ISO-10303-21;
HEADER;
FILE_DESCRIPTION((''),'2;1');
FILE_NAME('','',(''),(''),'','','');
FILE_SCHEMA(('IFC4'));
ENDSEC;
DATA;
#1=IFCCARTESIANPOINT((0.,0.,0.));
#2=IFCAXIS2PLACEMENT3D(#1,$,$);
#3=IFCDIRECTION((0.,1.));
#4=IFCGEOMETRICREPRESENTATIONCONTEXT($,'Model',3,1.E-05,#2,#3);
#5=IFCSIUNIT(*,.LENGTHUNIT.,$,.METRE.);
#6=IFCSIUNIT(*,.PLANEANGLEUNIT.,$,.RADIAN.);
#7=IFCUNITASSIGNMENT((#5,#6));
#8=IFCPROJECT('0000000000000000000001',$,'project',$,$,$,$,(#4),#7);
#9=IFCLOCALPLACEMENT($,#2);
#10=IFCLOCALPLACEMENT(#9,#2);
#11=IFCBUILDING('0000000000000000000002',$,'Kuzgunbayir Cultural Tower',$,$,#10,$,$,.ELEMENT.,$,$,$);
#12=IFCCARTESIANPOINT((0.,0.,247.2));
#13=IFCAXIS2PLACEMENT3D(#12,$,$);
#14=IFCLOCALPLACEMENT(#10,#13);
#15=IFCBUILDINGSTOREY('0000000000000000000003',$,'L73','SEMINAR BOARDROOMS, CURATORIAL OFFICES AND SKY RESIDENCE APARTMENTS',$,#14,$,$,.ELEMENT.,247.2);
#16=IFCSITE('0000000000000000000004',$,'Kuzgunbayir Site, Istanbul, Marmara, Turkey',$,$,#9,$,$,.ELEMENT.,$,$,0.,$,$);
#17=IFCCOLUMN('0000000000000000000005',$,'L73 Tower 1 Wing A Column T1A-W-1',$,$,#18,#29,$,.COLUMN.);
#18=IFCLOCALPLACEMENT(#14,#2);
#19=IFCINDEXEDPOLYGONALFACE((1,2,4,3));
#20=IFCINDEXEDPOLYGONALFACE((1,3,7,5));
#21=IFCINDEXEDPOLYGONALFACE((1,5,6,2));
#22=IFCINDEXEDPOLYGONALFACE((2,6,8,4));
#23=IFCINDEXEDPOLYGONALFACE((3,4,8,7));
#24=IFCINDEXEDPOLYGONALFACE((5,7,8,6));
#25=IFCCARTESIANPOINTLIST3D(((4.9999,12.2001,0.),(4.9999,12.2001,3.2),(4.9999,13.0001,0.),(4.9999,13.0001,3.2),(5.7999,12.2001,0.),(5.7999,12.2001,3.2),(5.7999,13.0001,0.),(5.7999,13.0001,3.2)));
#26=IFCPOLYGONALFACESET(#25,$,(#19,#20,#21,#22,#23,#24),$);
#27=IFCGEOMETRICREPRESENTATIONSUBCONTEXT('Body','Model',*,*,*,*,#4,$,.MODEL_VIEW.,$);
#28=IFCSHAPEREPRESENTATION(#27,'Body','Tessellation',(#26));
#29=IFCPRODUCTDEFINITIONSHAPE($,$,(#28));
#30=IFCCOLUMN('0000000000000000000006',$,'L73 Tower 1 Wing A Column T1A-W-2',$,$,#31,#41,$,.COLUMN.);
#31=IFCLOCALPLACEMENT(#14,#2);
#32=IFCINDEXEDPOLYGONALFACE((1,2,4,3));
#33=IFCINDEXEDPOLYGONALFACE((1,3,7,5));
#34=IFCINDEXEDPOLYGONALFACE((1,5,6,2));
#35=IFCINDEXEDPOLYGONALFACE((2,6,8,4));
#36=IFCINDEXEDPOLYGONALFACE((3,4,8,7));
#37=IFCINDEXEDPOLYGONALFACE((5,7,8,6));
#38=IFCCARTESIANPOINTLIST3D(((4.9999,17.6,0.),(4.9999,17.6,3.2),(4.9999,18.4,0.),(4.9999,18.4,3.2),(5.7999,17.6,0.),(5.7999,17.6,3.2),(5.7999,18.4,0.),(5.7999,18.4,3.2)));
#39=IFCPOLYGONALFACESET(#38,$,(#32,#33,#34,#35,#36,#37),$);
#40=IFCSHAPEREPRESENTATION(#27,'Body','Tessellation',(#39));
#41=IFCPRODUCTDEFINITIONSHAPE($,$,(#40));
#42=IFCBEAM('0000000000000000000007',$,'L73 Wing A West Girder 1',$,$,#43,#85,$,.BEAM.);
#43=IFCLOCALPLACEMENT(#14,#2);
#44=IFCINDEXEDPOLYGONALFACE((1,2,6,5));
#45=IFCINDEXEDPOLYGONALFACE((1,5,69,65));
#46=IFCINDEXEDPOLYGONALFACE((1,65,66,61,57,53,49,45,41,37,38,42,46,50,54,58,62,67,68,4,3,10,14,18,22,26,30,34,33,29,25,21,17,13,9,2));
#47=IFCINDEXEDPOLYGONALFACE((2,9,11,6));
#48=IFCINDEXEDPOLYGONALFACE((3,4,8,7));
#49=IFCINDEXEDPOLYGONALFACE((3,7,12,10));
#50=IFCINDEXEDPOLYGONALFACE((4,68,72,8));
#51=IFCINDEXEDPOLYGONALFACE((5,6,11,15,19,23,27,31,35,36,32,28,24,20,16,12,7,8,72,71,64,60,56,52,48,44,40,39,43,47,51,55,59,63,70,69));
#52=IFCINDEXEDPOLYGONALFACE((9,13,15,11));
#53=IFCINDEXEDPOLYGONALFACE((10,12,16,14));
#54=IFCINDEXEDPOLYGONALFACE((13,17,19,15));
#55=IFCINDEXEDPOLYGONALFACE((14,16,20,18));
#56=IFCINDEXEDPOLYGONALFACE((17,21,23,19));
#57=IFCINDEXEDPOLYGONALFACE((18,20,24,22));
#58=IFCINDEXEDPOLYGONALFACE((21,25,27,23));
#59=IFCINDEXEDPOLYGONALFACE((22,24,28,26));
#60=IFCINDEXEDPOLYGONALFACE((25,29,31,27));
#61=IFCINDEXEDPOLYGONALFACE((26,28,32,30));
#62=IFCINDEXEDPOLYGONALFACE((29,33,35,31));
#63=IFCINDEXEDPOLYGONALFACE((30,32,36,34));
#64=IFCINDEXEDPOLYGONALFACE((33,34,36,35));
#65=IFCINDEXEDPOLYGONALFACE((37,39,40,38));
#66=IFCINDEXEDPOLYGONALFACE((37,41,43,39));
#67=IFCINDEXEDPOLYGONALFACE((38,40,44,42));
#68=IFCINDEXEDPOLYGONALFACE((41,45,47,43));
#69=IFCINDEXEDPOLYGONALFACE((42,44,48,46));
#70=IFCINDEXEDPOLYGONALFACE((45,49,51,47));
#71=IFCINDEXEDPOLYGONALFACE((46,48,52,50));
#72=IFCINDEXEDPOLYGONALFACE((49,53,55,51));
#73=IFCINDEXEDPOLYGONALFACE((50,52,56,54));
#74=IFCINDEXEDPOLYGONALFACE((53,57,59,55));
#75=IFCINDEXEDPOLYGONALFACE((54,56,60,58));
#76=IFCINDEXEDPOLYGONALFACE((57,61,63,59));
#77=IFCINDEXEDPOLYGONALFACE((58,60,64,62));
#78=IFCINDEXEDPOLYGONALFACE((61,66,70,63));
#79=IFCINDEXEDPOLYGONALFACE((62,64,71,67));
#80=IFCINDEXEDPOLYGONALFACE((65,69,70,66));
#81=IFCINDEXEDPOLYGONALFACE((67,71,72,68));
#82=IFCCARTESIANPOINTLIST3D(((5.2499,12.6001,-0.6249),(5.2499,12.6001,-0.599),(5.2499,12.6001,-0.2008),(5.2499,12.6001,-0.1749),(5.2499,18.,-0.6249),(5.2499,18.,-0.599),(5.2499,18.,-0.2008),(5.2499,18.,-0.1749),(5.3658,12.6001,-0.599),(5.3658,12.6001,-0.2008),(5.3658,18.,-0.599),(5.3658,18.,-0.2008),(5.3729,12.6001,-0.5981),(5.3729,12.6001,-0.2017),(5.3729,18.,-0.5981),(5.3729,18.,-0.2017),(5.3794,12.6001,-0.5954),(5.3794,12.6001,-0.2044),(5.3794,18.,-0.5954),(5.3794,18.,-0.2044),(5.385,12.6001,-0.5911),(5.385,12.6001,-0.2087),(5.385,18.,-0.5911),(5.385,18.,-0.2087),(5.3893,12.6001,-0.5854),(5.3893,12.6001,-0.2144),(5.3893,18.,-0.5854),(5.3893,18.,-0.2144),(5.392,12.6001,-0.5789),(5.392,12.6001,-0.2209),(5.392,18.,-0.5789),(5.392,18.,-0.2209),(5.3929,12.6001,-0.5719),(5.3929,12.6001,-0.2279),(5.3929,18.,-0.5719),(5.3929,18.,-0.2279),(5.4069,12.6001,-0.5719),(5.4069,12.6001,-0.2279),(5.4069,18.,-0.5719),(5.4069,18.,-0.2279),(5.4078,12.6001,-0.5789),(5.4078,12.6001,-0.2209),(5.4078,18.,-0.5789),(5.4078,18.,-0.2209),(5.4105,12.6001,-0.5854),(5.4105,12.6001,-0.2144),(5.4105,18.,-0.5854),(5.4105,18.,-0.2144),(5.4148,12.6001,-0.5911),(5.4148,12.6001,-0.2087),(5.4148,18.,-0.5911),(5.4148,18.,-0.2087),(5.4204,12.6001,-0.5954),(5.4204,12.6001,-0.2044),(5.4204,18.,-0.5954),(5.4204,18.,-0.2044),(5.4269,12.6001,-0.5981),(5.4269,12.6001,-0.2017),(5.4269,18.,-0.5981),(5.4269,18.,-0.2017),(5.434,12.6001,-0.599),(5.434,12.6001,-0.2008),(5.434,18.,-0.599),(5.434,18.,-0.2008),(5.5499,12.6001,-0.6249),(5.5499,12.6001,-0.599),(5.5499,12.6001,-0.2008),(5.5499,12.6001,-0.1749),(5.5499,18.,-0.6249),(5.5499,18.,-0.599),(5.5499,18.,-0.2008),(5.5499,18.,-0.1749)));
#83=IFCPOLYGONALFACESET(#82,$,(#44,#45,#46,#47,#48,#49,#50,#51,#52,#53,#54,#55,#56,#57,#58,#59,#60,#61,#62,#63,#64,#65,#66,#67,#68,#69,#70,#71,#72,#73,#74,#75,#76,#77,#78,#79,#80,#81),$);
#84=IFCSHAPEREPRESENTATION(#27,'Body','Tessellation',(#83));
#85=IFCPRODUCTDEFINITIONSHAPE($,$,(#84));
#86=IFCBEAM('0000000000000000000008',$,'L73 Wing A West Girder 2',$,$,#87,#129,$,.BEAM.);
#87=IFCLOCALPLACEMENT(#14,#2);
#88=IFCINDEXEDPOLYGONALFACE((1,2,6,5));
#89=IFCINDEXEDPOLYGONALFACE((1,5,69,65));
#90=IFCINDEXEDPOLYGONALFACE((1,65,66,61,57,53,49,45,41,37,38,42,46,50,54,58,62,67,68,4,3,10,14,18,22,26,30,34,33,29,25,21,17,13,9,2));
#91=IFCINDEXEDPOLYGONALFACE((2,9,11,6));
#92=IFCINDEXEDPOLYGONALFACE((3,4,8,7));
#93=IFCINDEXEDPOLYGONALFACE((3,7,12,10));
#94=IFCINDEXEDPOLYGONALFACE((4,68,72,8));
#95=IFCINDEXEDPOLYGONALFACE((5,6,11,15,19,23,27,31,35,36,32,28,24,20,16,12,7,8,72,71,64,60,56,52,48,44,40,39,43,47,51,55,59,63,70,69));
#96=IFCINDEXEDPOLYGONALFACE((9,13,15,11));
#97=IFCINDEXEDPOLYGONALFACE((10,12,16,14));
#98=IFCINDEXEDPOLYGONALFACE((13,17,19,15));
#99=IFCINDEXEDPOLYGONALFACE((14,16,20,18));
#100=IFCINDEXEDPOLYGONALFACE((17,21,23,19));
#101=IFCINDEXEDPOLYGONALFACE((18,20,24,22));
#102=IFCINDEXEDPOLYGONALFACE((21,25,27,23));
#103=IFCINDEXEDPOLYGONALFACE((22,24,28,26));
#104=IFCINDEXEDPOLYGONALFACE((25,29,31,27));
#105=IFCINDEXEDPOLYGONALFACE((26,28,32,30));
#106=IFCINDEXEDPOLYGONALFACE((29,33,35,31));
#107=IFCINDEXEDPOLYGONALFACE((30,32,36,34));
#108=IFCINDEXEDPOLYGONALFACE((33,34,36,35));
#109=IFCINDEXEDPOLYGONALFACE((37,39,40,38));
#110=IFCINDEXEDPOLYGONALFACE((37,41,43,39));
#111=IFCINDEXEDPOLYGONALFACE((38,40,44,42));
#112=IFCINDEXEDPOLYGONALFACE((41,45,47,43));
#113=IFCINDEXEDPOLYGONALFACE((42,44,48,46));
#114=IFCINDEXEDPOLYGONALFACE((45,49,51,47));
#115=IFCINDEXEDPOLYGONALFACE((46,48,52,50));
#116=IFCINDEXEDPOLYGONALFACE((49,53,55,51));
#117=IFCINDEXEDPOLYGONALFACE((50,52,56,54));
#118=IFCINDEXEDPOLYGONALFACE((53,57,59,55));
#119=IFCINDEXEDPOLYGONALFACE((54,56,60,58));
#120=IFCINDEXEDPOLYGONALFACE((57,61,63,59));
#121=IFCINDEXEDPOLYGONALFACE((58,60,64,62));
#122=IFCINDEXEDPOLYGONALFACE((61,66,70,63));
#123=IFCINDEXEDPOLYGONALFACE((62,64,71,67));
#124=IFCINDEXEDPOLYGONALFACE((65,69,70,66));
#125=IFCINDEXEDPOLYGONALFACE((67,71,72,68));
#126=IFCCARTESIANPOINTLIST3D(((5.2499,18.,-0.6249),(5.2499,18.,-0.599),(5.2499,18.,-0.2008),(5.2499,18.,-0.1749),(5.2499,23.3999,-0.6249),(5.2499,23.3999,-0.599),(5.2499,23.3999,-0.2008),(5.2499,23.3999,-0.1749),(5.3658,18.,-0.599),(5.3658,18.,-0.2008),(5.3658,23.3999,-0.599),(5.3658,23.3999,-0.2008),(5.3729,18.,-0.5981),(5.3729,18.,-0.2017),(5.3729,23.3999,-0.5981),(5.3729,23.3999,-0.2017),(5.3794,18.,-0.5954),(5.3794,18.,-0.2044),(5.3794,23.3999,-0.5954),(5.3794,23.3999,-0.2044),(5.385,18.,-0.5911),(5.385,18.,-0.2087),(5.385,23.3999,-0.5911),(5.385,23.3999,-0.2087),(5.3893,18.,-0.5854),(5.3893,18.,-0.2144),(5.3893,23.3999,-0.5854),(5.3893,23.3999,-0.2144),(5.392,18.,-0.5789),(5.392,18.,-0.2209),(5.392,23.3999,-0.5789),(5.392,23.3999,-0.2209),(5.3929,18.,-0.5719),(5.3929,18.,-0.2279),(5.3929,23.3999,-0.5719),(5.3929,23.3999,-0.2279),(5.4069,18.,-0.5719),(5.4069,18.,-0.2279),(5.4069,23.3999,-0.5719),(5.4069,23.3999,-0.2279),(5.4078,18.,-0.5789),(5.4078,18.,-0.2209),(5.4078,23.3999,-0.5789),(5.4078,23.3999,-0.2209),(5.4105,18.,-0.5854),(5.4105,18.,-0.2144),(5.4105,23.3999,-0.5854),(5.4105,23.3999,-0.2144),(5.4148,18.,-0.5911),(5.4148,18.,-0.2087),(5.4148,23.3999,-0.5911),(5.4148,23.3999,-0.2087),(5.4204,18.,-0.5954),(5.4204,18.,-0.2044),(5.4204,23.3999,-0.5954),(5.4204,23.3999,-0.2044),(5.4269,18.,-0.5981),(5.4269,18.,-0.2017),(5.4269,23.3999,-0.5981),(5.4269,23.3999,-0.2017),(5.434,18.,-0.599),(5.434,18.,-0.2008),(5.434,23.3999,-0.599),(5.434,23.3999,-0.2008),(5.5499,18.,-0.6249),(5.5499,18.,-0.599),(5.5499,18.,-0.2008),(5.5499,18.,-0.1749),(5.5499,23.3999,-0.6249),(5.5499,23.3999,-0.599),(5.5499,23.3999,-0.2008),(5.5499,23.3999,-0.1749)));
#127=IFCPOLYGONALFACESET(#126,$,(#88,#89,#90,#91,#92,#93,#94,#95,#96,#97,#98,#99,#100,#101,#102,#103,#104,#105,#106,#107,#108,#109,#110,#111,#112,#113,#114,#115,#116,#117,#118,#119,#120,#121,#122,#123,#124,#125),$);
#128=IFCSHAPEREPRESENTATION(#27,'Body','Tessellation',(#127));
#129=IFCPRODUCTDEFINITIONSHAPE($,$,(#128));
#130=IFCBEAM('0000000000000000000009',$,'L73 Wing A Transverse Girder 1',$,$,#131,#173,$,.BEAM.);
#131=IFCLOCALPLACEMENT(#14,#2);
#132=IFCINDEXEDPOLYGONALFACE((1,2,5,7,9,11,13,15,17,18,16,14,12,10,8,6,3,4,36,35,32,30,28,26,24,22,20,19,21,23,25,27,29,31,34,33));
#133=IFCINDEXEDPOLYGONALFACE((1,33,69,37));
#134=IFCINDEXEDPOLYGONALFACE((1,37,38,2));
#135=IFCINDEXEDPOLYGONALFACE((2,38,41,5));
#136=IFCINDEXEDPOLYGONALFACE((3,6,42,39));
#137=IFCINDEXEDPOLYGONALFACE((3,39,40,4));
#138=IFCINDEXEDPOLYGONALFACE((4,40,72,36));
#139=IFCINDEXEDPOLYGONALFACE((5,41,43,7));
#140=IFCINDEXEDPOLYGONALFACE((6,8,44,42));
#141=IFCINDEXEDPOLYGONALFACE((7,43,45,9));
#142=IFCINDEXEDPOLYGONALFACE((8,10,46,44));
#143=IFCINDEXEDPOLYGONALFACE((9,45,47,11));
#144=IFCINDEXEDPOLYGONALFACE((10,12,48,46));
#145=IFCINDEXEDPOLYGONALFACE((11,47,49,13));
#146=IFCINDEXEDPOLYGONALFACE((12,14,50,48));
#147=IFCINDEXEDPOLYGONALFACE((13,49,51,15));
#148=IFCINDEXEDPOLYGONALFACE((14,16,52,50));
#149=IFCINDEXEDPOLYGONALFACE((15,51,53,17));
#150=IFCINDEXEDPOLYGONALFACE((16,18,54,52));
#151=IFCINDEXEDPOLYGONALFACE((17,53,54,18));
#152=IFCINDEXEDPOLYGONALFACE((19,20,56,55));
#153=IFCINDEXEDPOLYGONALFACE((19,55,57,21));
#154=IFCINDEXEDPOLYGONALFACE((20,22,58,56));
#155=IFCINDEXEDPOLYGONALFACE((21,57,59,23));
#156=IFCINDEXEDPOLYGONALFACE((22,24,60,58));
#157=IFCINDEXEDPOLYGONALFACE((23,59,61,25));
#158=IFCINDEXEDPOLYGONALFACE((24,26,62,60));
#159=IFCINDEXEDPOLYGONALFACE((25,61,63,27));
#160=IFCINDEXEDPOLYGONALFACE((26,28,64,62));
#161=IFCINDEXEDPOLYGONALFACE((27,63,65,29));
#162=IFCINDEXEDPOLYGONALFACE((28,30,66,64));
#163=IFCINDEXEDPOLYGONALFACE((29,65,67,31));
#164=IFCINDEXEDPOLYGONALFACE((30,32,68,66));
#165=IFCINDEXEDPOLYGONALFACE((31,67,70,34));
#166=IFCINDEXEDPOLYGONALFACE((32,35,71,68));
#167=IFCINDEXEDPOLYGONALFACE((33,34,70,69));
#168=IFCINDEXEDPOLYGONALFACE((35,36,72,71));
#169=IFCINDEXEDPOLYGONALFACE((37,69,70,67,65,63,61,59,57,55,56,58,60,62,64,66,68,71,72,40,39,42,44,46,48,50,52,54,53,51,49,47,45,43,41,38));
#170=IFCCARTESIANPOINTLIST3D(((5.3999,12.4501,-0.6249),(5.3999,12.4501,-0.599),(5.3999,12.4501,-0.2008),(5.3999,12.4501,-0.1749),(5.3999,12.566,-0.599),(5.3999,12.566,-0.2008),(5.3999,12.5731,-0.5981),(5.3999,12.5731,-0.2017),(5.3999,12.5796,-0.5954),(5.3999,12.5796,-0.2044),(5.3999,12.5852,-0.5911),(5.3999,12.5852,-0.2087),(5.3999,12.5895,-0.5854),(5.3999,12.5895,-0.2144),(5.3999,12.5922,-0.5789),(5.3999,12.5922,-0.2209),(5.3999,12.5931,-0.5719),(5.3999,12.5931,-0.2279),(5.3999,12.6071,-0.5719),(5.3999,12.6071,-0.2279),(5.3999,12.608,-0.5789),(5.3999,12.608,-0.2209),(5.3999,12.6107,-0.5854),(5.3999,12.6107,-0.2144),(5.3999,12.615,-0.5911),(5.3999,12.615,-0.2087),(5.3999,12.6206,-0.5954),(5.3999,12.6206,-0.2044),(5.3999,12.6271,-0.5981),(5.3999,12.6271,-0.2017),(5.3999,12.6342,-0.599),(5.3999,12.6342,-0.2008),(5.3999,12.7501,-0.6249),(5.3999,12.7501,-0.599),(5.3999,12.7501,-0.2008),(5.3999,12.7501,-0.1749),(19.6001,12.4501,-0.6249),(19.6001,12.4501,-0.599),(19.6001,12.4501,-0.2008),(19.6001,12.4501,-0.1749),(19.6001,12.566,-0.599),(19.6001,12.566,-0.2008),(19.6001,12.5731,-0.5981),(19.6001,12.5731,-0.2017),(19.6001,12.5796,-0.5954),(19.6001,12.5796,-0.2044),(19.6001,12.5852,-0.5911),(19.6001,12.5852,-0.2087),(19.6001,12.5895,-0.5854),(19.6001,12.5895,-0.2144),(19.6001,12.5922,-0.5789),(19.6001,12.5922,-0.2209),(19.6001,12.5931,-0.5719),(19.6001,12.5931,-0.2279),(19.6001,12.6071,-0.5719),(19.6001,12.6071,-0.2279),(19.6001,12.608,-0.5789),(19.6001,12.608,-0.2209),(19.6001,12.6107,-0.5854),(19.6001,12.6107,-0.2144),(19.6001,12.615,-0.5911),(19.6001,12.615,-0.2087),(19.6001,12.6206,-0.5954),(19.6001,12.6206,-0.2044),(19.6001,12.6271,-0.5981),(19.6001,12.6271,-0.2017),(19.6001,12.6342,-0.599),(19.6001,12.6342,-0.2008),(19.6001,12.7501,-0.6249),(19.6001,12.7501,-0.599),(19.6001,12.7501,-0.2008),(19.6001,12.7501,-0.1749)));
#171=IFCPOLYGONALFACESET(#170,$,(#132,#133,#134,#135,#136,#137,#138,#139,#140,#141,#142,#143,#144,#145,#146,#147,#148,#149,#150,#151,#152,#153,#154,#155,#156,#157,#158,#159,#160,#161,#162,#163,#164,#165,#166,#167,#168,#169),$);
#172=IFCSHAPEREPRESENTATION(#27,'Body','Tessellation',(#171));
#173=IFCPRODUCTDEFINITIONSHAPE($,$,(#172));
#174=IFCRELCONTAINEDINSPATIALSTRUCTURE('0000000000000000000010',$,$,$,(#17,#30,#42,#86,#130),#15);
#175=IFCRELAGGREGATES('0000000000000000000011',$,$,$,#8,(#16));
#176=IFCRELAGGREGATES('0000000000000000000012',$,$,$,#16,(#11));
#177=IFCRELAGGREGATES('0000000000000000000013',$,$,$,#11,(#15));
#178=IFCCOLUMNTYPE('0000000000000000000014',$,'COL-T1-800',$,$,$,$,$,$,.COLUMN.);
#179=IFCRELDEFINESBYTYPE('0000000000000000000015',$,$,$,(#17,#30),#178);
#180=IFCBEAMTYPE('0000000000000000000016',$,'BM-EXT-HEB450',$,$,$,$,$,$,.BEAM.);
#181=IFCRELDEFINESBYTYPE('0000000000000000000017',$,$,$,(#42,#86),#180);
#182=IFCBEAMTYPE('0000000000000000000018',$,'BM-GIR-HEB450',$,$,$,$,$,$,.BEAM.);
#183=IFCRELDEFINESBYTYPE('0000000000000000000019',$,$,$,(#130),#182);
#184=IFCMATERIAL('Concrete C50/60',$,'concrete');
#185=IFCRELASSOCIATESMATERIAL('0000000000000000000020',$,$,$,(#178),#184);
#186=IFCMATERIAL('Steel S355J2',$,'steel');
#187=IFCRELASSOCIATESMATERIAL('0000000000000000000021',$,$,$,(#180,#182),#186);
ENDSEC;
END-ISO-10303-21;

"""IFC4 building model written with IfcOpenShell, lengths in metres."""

from ifc_helpers import new_model, si_unit, direction, frame, origin, origin_2d, place, context, subcontext, project, spatial, rectangle, i_section, extrude, material, material_profile, profile_set, type_object, element, save


model = new_model("IFC4")

# Units and contexts
model_context = context("Model", 3, precision=1e-05, world=origin(), true_north=direction((0.0, 1.0)))
body_context = subcontext(model_context, "Body", "Model", "MODEL_VIEW")
ifc_project = project(units=[si_unit("LENGTHUNIT", "METRE"), si_unit("PLANEANGLEUNIT", "RADIAN")], contexts=[model_context])

# Site, building, storey
site_placement = place(None, origin())
site = spatial("IfcSite", under=ifc_project, at=site_placement, Name="Kuzgunbayir Site, Istanbul, Marmara, Turkey", CompositionType="ELEMENT", RefElevation=0.0)
building_placement = place(site_placement, origin())
building = spatial("IfcBuilding", under=site, at=building_placement, Name="Kuzgunbayir Cultural Tower", CompositionType="ELEMENT")
storey_placement = place(building_placement, frame((0.0, 0.0, 247.2)))
storey = spatial("IfcBuildingStorey", under=building, at=storey_placement, Name="L73", Description="SEMINAR BOARDROOMS, CURATORIAL OFFICES AND SKY RESIDENCE APARTMENTS", CompositionType="ELEMENT", Elevation=247.2)

# Columns
ifc_material_1 = material(Name="Concrete C50/60", Category="concrete")
ifc_material_profile_1 = material_profile(ifc_material_1, rectangle(XDim=0.8, YDim=0.8, at=origin_2d()), Name="RC 800x800")
ifc_profile_set_1 = profile_set([ifc_material_profile_1], Name="Concrete C50/60")
column_type = type_object("IfcColumnType", Name="COL-T1-800", PredefinedType="COLUMN", material=ifc_profile_set_1)
for number, where, z_axis, x_axis, name in (
    (1, (5.3999, 12.6001, 0.0), (0.0, 0.0, 1.0), (1.0, 0.0, 0.0), "L73 Tower 1 Wing A Column T1A-W-1"),
    (2, (5.3999, 18.0, 0.0), (0.0, 0.0, 1.0), (1.0, 0.0, 0.0), "L73 Tower 1 Wing A Column T1A-W-2"),
):
    element("IfcColumn", number, at=place(storey_placement, frame(where, z_axis=z_axis, x_axis=x_axis)), inside=storey, type_object=column_type, Name=name, PredefinedType="COLUMN", context=body_context, shape_type="SweptSolid", body=[
        extrude(rectangle(XDim=0.8, YDim=0.8, at=origin_2d()), origin(), (0.0, 0.0, 1.0), 3.2),
    ])

# Beams
ifc_material_2 = material(Name="Steel S355J2", Category="steel")
ifc_material_profile_2 = material_profile(ifc_material_2, i_section(OverallWidth=0.3, OverallDepth=0.45, WebThickness=0.0139, FlangeThickness=0.0259, FilletRadius=0.0271, at=origin_2d()), Name="HEB 450")
ifc_profile_set_2 = profile_set([ifc_material_profile_2], Name="Steel S355J2")
beam_type_1 = type_object("IfcBeamType", Name="BM-EXT-HEB450", PredefinedType="BEAM", material=ifc_profile_set_2)
for number, where, z_axis, x_axis, name in (
    (3, (5.3999, 12.6001, -0.3999), (0.0, 1.0, 0.0), (-1.0, 0.0, 0.0), "L73 Wing A West Girder 1"),
    (4, (5.3999, 18.0, -0.3999), (0.0, 1.0, 0.0), (-1.0, 0.0, 0.0), "L73 Wing A West Girder 2"),
):
    element("IfcBeam", number, at=place(storey_placement, frame(where, z_axis=z_axis, x_axis=x_axis)), inside=storey, type_object=beam_type_1, Name=name, PredefinedType="BEAM", context=body_context, shape_type="SweptSolid", body=[
        extrude(i_section(OverallWidth=0.3, OverallDepth=0.45, WebThickness=0.0139, FlangeThickness=0.0259, FilletRadius=0.0271, at=origin_2d()), origin(), (0.0, 0.0, 1.0), 5.3999),
    ])
ifc_material_profile_3 = material_profile(ifc_material_2, i_section(OverallWidth=0.3, OverallDepth=0.45, WebThickness=0.0139, FlangeThickness=0.0259, FilletRadius=0.0271, at=origin_2d()), Name="HEB 450")
ifc_profile_set_3 = profile_set([ifc_material_profile_3], Name="Steel S355J2")
beam_type_2 = type_object("IfcBeamType", Name="BM-GIR-HEB450", PredefinedType="BEAM", material=ifc_profile_set_3)
for number, where, z_axis, x_axis, name in (
    (5, (5.3999, 12.6001, -0.3999), (1.0, 0.0, 0.0), (0.0, 1.0, 0.0), "L73 Wing A Transverse Girder 1"),
):
    element("IfcBeam", number, at=place(storey_placement, frame(where, z_axis=z_axis, x_axis=x_axis)), inside=storey, type_object=beam_type_2, Name=name, PredefinedType="BEAM", context=body_context, shape_type="SweptSolid", body=[
        extrude(i_section(OverallWidth=0.3, OverallDepth=0.45, WebThickness=0.0139, FlangeThickness=0.0259, FilletRadius=0.0271, at=origin_2d()), origin(), (0.0, 0.0, 1.0), 14.2002),
    ])

save(model, "model.ifc")
